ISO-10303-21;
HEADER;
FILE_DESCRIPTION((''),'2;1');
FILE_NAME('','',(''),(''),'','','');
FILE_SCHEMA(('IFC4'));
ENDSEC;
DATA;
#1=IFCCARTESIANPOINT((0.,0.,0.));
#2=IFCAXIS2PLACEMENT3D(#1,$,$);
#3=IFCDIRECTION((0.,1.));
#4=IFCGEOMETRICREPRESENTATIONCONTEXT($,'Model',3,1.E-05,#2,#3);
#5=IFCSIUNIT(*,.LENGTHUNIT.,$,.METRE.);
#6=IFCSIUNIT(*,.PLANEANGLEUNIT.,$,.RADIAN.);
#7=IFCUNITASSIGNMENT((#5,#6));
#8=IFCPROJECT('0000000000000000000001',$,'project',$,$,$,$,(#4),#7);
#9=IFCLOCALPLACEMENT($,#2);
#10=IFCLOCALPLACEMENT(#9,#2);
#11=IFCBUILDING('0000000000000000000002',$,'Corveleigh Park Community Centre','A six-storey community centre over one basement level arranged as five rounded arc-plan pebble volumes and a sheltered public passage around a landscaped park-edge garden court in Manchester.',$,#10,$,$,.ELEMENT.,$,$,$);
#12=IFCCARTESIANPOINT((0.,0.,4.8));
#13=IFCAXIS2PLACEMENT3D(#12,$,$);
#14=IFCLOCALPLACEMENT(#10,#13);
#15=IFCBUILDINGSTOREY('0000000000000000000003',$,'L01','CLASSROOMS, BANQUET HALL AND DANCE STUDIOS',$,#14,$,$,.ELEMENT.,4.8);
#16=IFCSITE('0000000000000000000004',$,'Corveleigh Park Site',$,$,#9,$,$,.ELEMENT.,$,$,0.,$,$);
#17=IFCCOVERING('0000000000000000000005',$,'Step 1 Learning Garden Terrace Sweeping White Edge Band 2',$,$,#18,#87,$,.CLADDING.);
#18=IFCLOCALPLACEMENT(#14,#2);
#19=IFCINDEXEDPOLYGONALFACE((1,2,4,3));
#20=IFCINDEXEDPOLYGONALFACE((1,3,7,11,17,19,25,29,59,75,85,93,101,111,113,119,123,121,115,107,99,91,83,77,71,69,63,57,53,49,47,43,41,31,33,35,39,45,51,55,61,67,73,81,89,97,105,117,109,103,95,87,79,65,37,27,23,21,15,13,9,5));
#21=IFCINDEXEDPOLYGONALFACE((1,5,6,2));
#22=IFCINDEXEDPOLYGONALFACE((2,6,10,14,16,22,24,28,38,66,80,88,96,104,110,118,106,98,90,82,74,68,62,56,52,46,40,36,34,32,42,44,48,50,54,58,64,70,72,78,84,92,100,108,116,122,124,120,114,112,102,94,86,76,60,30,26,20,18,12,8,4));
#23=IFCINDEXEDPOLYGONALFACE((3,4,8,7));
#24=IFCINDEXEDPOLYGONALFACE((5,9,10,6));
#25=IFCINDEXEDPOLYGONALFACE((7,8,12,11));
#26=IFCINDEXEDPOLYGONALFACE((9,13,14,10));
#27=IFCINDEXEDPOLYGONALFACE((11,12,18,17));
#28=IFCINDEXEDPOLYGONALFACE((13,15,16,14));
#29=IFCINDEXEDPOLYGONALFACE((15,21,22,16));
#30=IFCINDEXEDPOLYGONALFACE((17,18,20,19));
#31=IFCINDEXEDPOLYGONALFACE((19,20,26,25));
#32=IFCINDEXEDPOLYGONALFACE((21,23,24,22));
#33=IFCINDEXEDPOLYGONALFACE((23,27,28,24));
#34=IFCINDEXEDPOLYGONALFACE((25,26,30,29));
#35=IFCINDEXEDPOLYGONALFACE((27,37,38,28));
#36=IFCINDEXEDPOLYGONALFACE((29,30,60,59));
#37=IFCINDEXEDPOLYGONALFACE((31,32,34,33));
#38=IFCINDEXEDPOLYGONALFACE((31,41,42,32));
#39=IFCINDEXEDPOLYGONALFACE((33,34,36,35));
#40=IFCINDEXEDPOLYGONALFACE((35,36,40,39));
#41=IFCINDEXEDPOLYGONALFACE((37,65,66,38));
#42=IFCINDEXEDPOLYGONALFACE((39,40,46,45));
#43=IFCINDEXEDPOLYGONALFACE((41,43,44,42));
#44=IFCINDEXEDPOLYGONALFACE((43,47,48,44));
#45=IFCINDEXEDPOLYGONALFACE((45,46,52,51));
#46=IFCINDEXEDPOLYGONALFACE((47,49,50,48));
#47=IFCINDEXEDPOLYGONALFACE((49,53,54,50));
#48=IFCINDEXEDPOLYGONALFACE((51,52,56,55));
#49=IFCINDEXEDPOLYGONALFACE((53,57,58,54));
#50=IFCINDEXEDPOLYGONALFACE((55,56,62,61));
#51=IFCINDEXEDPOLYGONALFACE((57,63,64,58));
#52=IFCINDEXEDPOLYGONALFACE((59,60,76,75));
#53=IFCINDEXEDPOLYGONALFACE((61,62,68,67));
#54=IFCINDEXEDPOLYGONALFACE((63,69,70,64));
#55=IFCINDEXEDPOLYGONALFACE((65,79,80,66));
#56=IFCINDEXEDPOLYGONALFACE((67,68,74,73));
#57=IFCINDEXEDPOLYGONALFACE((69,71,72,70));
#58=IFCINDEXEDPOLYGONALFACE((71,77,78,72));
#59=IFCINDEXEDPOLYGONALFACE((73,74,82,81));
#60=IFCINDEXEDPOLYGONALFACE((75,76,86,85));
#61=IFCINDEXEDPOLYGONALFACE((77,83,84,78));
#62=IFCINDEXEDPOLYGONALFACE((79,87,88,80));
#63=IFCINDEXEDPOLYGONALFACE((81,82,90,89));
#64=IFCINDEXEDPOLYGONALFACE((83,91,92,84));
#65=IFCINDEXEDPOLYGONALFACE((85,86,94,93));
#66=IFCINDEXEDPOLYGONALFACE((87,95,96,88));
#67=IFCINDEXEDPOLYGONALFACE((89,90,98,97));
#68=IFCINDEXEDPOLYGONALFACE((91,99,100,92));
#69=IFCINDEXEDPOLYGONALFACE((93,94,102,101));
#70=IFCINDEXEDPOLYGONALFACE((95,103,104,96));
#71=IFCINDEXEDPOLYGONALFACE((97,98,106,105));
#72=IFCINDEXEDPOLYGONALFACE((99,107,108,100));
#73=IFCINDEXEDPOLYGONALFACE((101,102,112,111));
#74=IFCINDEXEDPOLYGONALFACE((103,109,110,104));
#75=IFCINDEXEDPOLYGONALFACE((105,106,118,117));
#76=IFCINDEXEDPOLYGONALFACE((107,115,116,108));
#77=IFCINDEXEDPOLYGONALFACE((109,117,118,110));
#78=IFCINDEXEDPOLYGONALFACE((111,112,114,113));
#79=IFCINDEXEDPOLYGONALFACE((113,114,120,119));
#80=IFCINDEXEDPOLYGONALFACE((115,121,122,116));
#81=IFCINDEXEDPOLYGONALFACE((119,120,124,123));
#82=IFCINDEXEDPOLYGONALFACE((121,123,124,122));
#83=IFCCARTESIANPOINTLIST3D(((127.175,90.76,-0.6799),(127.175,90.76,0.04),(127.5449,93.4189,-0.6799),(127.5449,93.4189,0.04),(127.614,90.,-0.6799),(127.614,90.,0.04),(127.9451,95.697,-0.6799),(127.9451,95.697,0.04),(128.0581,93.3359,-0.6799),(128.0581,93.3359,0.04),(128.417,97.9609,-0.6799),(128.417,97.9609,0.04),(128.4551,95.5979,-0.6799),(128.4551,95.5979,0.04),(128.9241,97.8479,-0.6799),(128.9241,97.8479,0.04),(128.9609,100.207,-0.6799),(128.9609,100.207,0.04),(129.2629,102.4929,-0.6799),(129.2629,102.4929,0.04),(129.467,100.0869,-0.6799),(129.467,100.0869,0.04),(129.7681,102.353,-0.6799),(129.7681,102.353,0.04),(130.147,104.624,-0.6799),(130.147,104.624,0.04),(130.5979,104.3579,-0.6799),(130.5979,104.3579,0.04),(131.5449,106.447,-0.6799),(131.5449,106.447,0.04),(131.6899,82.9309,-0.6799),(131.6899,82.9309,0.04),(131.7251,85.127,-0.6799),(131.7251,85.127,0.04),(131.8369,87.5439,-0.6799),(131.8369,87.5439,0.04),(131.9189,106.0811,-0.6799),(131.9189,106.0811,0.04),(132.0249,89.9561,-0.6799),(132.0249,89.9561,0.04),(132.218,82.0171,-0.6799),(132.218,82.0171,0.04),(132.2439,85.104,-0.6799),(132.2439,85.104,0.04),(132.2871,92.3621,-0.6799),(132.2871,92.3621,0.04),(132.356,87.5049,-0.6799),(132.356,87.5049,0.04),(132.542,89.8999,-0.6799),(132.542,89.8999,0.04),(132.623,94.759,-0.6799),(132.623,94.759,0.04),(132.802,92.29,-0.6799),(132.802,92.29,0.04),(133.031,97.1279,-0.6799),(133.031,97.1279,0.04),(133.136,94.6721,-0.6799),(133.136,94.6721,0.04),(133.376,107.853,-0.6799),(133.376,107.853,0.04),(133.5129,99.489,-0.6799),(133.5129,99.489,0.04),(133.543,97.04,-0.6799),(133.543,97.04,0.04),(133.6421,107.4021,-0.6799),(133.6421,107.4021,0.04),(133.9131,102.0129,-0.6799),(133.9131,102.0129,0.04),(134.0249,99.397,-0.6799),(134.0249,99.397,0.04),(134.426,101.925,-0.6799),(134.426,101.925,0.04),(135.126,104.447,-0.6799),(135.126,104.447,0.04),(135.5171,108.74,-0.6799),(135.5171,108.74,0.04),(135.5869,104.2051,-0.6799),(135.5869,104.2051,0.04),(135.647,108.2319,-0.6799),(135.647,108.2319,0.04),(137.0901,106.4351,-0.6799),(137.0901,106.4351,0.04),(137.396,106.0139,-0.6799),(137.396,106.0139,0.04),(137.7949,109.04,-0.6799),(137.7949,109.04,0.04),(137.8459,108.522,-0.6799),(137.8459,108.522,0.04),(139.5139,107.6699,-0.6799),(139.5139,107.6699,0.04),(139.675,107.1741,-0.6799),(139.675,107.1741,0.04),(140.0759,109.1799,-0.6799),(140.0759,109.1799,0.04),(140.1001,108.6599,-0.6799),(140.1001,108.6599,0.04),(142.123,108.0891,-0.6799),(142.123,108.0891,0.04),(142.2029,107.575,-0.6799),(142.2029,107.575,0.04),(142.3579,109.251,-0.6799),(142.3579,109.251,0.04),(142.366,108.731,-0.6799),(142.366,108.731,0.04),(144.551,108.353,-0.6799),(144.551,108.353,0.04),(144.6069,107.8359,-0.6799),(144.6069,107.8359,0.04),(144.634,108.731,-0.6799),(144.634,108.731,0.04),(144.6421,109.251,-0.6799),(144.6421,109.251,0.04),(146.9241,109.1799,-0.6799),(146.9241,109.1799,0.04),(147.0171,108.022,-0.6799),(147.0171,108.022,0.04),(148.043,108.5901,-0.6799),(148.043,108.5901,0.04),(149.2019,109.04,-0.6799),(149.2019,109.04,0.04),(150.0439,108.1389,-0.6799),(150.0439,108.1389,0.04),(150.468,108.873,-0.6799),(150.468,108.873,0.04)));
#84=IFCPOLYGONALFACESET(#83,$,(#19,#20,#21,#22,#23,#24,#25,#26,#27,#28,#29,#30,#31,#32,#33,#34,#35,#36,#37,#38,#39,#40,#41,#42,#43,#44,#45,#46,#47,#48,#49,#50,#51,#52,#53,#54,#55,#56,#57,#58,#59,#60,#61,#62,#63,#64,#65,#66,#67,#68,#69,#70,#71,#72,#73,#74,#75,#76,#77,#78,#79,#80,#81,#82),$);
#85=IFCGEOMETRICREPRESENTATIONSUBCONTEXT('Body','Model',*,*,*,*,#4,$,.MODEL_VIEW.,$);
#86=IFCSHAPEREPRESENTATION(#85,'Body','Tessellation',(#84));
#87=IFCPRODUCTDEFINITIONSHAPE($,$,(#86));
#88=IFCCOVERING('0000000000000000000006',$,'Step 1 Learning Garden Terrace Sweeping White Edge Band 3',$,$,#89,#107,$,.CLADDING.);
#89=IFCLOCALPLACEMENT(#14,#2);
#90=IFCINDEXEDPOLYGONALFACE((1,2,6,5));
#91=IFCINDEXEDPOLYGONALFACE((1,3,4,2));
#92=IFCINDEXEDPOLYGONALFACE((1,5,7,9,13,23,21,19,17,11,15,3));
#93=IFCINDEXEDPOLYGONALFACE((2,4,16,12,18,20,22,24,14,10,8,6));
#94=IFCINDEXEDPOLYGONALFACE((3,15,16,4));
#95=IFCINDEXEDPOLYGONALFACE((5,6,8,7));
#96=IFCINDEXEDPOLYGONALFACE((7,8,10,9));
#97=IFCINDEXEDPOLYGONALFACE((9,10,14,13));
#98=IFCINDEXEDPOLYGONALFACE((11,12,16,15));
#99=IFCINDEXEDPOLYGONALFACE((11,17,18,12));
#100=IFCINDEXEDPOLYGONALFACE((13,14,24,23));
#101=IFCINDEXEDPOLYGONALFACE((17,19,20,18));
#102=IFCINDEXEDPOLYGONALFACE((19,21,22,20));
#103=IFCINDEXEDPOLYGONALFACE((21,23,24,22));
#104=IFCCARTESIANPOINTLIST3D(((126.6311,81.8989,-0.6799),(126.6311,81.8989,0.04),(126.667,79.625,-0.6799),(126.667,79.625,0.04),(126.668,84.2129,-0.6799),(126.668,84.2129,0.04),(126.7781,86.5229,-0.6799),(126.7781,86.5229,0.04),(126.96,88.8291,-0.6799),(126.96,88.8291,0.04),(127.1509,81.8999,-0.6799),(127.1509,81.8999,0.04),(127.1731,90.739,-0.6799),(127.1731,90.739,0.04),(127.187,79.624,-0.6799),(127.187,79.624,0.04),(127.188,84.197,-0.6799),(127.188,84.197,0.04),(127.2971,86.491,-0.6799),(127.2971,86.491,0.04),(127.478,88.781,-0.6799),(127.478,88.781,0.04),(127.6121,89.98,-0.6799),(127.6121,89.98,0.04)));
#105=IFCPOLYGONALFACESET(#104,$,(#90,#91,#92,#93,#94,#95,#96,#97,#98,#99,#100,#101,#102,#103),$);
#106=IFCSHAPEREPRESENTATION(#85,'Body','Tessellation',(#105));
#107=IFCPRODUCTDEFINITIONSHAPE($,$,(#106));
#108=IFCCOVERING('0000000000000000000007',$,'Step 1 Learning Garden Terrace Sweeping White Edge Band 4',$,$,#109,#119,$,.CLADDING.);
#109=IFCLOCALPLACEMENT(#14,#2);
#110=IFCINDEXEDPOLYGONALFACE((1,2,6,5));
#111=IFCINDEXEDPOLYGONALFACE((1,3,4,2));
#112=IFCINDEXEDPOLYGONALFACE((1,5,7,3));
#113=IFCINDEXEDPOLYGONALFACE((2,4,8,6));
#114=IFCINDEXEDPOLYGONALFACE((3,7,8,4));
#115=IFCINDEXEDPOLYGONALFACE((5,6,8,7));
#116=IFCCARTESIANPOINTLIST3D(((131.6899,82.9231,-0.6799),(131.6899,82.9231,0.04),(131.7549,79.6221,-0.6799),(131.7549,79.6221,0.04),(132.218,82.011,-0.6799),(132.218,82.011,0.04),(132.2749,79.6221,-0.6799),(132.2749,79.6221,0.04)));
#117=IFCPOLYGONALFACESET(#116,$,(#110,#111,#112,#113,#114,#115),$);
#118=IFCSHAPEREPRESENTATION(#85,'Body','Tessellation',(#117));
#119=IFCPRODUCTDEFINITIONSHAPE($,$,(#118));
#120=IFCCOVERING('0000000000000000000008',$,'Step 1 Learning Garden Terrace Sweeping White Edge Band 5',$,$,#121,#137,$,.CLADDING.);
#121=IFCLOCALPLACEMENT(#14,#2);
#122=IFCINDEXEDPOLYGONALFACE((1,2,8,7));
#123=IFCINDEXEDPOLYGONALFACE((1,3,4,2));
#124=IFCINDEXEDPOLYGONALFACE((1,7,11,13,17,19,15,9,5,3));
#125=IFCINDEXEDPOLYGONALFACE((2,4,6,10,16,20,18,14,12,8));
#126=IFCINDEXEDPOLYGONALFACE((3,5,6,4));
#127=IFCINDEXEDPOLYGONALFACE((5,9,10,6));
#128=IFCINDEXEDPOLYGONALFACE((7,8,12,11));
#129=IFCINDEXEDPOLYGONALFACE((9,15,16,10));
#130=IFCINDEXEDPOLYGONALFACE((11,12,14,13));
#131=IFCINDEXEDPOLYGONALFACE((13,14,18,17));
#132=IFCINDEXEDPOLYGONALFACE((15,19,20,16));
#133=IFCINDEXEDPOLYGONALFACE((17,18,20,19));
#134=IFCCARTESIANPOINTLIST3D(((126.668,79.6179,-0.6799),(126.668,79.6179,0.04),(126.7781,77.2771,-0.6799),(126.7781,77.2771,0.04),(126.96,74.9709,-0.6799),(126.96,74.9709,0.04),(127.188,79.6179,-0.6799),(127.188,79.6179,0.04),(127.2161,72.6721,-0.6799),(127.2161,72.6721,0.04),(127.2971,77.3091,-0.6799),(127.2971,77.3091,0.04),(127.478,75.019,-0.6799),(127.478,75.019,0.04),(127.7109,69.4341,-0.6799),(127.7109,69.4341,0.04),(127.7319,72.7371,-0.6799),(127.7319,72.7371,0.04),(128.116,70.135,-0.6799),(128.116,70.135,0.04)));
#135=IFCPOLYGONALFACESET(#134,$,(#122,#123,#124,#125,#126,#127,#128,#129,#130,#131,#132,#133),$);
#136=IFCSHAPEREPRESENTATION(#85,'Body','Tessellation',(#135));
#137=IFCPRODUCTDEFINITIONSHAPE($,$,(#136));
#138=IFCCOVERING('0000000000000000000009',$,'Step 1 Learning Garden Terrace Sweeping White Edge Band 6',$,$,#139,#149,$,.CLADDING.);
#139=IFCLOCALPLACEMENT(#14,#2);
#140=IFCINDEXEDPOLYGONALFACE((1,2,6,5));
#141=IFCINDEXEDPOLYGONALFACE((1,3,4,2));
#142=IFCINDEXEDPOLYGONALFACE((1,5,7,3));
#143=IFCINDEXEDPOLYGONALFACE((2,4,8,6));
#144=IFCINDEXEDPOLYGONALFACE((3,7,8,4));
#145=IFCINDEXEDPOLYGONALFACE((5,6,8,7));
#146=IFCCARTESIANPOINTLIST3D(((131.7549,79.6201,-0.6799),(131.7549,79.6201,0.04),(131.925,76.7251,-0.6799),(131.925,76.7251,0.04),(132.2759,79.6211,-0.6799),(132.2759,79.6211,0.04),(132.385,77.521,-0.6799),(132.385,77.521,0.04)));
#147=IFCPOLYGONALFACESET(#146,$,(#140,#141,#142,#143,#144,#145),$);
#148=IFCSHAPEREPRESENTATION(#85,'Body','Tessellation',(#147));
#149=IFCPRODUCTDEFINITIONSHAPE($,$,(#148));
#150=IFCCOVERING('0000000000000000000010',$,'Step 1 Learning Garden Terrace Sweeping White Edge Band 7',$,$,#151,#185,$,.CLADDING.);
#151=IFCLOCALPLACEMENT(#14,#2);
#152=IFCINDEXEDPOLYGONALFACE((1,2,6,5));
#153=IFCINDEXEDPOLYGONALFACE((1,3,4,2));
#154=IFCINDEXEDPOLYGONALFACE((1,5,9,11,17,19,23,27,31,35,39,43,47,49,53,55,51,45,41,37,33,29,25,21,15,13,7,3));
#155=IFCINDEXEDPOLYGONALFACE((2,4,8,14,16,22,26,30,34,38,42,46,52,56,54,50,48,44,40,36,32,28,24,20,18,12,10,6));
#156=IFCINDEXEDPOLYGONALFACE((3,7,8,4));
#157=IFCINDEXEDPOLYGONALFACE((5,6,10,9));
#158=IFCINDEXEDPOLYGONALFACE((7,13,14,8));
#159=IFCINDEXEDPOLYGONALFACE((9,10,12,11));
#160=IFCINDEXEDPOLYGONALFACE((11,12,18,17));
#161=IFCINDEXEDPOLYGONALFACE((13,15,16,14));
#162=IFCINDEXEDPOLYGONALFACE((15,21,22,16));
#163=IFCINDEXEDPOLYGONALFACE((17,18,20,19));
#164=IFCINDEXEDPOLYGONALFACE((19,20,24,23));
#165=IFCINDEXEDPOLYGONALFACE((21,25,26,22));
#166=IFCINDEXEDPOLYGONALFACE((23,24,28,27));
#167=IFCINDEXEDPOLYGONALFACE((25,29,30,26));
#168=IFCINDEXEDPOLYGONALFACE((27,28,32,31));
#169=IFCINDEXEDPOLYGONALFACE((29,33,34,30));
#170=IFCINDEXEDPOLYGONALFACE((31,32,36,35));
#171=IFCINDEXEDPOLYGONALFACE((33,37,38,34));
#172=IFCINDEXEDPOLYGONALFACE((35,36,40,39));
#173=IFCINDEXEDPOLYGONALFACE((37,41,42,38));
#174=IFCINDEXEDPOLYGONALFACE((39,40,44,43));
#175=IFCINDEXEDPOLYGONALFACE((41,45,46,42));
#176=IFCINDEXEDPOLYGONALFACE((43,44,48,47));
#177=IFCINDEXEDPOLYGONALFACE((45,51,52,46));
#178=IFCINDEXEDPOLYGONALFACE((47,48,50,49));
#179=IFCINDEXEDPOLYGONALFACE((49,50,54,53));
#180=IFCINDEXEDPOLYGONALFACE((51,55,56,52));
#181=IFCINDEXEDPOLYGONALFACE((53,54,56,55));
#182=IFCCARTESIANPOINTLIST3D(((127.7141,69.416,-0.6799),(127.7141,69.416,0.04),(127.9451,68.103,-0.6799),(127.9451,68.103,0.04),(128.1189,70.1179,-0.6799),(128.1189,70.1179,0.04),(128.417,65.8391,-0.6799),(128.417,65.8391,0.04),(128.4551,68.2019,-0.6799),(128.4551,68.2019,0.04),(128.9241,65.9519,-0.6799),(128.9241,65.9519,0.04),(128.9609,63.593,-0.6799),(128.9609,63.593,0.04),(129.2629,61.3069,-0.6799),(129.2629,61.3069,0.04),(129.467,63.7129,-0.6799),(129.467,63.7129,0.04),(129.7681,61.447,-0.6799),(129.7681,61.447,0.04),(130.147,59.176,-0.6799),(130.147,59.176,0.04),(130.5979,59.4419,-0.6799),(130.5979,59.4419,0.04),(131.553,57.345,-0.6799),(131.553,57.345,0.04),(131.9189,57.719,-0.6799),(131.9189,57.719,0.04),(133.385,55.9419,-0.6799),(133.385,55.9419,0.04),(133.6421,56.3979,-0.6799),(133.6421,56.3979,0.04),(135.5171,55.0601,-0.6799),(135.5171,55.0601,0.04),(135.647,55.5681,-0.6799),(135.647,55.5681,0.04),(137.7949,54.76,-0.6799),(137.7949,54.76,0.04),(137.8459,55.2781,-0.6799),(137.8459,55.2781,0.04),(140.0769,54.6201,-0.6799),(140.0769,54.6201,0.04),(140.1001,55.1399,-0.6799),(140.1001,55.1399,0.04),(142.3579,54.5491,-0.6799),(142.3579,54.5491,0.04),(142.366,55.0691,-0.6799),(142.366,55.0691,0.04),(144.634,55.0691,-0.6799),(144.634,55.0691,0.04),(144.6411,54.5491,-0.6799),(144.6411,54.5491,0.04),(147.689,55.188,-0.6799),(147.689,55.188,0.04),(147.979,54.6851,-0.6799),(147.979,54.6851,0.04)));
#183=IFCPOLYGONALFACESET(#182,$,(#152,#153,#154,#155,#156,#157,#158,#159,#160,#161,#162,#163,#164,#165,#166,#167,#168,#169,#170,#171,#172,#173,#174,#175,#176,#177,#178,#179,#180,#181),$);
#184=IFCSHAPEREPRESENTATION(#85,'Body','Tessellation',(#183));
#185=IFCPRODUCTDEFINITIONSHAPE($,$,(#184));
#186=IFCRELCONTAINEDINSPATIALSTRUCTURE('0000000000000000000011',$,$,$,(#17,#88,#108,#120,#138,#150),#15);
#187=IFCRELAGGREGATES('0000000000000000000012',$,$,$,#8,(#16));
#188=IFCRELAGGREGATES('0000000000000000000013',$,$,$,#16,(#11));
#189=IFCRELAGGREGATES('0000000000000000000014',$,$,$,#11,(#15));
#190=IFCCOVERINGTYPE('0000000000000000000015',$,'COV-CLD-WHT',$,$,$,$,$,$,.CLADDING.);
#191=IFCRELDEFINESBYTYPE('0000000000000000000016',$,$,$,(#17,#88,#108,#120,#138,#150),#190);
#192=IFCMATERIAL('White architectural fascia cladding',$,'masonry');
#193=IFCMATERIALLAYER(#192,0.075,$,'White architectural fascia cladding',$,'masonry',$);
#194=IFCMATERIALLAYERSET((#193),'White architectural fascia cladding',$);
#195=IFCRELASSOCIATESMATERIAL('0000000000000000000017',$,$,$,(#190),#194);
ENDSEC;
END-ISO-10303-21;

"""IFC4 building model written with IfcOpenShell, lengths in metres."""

from ifc_helpers import new_model, si_unit, direction, frame, origin, place, context, subcontext, project, spatial, polyline, outline, extrude, material, layer, layer_set, type_object, element, save


model = new_model("IFC4")

# Units and contexts
model_context = context("Model", 3, precision=1e-05, world=origin(), true_north=direction((0.0, 1.0)))
body_context = subcontext(model_context, "Body", "Model", "MODEL_VIEW")
ifc_project = project(units=[si_unit("LENGTHUNIT", "METRE"), si_unit("PLANEANGLEUNIT", "RADIAN")], contexts=[model_context])

# Site, building, storey
site_placement = place(None, origin())
site = spatial("IfcSite", under=ifc_project, at=site_placement, Name="Corveleigh Park Site", CompositionType="ELEMENT", RefElevation=0.0)
building_placement = place(site_placement, origin())
building = spatial("IfcBuilding", under=site, at=building_placement, Name="Corveleigh Park Community Centre", Description="A six-storey community centre over one basement level arranged as five rounded arc-plan pebble volumes and a sheltered public passage around a landscaped park-edge garden court in Manchester.", CompositionType="ELEMENT")
storey_placement = place(building_placement, frame((0.0, 0.0, 4.8)))
storey = spatial("IfcBuildingStorey", under=building, at=storey_placement, Name="L01", Description="CLASSROOMS, BANQUET HALL AND DANCE STUDIOS", CompositionType="ELEMENT", Elevation=4.8)

# Coverings
ifc_material_1 = material(Name="White architectural fascia cladding", Category="masonry")
ifc_layer_1 = layer(ifc_material_1, 0.075, Name="White architectural fascia cladding", Category="masonry")
ifc_layer_set_1 = layer_set([ifc_layer_1], Name="White architectural fascia cladding")
covering_type = type_object("IfcCoveringType", Name="COV-CLD-WHT", PredefinedType="CLADDING", material=ifc_layer_set_1)
covering_1_placement = place(storey_placement, frame((0.0, 0.0, -0.6799)))
element("IfcCovering", 1, at=covering_1_placement, inside=storey, type_object=covering_type, Name="Step 1 Learning Garden Terrace Sweeping White Edge Band 2", PredefinedType="CLADDING", context=body_context, shape_type="SweptSolid", body=[
    extrude(outline(polyline([(127.175, 90.76), (127.5449, 93.4189), (127.9451, 95.697), (128.417, 97.9609), (128.9609, 100.207), (129.2629, 102.4929), (130.147, 104.624), (131.5449, 106.447), (133.376, 107.853), (135.5171, 108.74), (137.7949, 109.04), (140.0759, 109.1799), (142.3579, 109.251), (144.6421, 109.251), (146.9241, 109.1799), (149.2019, 109.04), (150.468, 108.873), (150.0439, 108.1389), (147.0171, 108.022), (144.6069, 107.8359), (142.2029, 107.575), (139.675, 107.1741), (137.396, 106.0139), (135.5869, 104.2051), (134.426, 101.925), (134.0249, 99.397), (133.543, 97.04), (133.136, 94.6721), (132.802, 92.29), (132.542, 89.8999), (132.356, 87.5049), (132.2439, 85.104), (132.218, 82.0171), (131.6899, 82.9309), (131.7251, 85.127), (131.8369, 87.5439), (132.0249, 89.9561), (132.2871, 92.3621), (132.623, 94.759), (133.031, 97.1279), (133.5129, 99.489), (133.9131, 102.0129), (135.126, 104.447), (137.0901, 106.4351), (139.5139, 107.6699), (142.123, 108.0891), (144.551, 108.353), (148.043, 108.5901), (144.634, 108.731), (142.366, 108.731), (140.1001, 108.6599), (137.8459, 108.522), (135.647, 108.2319), (133.6421, 107.4021), (131.9189, 106.0811), (130.5979, 104.3579), (129.7681, 102.353), (129.467, 100.0869), (128.9241, 97.8479), (128.4551, 95.5979), (128.0581, 93.3359), (127.614, 90.0), (127.175, 90.76)])), origin(), (0.0, 0.0, 1.0), 0.72),
])
covering_2_placement = place(storey_placement, frame((0.0, 0.0, -0.6799)))
element("IfcCovering", 2, at=covering_2_placement, inside=storey, type_object=covering_type, Name="Step 1 Learning Garden Terrace Sweeping White Edge Band 3", PredefinedType="CLADDING", context=body_context, shape_type="SweptSolid", body=[
    extrude(outline(polyline([(126.6311, 81.8989), (126.668, 84.2129), (126.7781, 86.5229), (126.96, 88.8291), (127.1731, 90.739), (127.6121, 89.98), (127.478, 88.781), (127.2971, 86.491), (127.188, 84.197), (127.1509, 81.8999), (127.187, 79.624), (126.667, 79.625), (126.6311, 81.8989)])), origin(), (0.0, 0.0, 1.0), 0.72),
])
covering_3_placement = place(storey_placement, frame((0.0, 0.0, -0.6799)))
element("IfcCovering", 3, at=covering_3_placement, inside=storey, type_object=covering_type, Name="Step 1 Learning Garden Terrace Sweeping White Edge Band 4", PredefinedType="CLADDING", context=body_context, shape_type="SweptSolid", body=[
    extrude(outline(polyline([(132.218, 82.011), (132.2749, 79.6221), (131.7549, 79.6221), (131.6899, 82.9231), (132.218, 82.011)])), origin(), (0.0, 0.0, 1.0), 0.72),
])
covering_4_placement = place(storey_placement, frame((0.0, 0.0, -0.6799)))
element("IfcCovering", 4, at=covering_4_placement, inside=storey, type_object=covering_type, Name="Step 1 Learning Garden Terrace Sweeping White Edge Band 5", PredefinedType="CLADDING", context=body_context, shape_type="SweptSolid", body=[
    extrude(outline(polyline([(127.7109, 69.4341), (127.2161, 72.6721), (126.96, 74.9709), (126.7781, 77.2771), (126.668, 79.6179), (127.188, 79.6179), (127.2971, 77.3091), (127.478, 75.019), (127.7319, 72.7371), (128.116, 70.135), (127.7109, 69.4341)])), origin(), (0.0, 0.0, 1.0), 0.72),
])
covering_5_placement = place(storey_placement, frame((0.0, 0.0, -0.6799)))
element("IfcCovering", 5, at=covering_5_placement, inside=storey, type_object=covering_type, Name="Step 1 Learning Garden Terrace Sweeping White Edge Band 6", PredefinedType="CLADDING", context=body_context, shape_type="SweptSolid", body=[
    extrude(outline(polyline([(132.2759, 79.6211), (132.385, 77.521), (131.925, 76.7251), (131.7549, 79.6201), (132.2759, 79.6211)])), origin(), (0.0, 0.0, 1.0), 0.72),
])
covering_6_placement = place(storey_placement, frame((0.0, 0.0, -0.6799)))
element("IfcCovering", 6, at=covering_6_placement, inside=storey, type_object=covering_type, Name="Step 1 Learning Garden Terrace Sweeping White Edge Band 7", PredefinedType="CLADDING", context=body_context, shape_type="SweptSolid", body=[
    extrude(outline(polyline([(147.979, 54.6851), (144.6411, 54.5491), (142.3579, 54.5491), (140.0769, 54.6201), (137.7949, 54.76), (135.5171, 55.0601), (133.385, 55.9419), (131.553, 57.345), (130.147, 59.176), (129.2629, 61.3069), (128.9609, 63.593), (128.417, 65.8391), (127.9451, 68.103), (127.7141, 69.416), (128.1189, 70.1179), (128.4551, 68.2019), (128.9241, 65.9519), (129.467, 63.7129), (129.7681, 61.447), (130.5979, 59.4419), (131.9189, 57.719), (133.6421, 56.3979), (135.647, 55.5681), (137.8459, 55.2781), (140.1001, 55.1399), (142.366, 55.0691), (144.634, 55.0691), (147.689, 55.188), (147.979, 54.6851)])), origin(), (0.0, 0.0, 1.0), 0.72),
])

save(model, "model.ifc")
